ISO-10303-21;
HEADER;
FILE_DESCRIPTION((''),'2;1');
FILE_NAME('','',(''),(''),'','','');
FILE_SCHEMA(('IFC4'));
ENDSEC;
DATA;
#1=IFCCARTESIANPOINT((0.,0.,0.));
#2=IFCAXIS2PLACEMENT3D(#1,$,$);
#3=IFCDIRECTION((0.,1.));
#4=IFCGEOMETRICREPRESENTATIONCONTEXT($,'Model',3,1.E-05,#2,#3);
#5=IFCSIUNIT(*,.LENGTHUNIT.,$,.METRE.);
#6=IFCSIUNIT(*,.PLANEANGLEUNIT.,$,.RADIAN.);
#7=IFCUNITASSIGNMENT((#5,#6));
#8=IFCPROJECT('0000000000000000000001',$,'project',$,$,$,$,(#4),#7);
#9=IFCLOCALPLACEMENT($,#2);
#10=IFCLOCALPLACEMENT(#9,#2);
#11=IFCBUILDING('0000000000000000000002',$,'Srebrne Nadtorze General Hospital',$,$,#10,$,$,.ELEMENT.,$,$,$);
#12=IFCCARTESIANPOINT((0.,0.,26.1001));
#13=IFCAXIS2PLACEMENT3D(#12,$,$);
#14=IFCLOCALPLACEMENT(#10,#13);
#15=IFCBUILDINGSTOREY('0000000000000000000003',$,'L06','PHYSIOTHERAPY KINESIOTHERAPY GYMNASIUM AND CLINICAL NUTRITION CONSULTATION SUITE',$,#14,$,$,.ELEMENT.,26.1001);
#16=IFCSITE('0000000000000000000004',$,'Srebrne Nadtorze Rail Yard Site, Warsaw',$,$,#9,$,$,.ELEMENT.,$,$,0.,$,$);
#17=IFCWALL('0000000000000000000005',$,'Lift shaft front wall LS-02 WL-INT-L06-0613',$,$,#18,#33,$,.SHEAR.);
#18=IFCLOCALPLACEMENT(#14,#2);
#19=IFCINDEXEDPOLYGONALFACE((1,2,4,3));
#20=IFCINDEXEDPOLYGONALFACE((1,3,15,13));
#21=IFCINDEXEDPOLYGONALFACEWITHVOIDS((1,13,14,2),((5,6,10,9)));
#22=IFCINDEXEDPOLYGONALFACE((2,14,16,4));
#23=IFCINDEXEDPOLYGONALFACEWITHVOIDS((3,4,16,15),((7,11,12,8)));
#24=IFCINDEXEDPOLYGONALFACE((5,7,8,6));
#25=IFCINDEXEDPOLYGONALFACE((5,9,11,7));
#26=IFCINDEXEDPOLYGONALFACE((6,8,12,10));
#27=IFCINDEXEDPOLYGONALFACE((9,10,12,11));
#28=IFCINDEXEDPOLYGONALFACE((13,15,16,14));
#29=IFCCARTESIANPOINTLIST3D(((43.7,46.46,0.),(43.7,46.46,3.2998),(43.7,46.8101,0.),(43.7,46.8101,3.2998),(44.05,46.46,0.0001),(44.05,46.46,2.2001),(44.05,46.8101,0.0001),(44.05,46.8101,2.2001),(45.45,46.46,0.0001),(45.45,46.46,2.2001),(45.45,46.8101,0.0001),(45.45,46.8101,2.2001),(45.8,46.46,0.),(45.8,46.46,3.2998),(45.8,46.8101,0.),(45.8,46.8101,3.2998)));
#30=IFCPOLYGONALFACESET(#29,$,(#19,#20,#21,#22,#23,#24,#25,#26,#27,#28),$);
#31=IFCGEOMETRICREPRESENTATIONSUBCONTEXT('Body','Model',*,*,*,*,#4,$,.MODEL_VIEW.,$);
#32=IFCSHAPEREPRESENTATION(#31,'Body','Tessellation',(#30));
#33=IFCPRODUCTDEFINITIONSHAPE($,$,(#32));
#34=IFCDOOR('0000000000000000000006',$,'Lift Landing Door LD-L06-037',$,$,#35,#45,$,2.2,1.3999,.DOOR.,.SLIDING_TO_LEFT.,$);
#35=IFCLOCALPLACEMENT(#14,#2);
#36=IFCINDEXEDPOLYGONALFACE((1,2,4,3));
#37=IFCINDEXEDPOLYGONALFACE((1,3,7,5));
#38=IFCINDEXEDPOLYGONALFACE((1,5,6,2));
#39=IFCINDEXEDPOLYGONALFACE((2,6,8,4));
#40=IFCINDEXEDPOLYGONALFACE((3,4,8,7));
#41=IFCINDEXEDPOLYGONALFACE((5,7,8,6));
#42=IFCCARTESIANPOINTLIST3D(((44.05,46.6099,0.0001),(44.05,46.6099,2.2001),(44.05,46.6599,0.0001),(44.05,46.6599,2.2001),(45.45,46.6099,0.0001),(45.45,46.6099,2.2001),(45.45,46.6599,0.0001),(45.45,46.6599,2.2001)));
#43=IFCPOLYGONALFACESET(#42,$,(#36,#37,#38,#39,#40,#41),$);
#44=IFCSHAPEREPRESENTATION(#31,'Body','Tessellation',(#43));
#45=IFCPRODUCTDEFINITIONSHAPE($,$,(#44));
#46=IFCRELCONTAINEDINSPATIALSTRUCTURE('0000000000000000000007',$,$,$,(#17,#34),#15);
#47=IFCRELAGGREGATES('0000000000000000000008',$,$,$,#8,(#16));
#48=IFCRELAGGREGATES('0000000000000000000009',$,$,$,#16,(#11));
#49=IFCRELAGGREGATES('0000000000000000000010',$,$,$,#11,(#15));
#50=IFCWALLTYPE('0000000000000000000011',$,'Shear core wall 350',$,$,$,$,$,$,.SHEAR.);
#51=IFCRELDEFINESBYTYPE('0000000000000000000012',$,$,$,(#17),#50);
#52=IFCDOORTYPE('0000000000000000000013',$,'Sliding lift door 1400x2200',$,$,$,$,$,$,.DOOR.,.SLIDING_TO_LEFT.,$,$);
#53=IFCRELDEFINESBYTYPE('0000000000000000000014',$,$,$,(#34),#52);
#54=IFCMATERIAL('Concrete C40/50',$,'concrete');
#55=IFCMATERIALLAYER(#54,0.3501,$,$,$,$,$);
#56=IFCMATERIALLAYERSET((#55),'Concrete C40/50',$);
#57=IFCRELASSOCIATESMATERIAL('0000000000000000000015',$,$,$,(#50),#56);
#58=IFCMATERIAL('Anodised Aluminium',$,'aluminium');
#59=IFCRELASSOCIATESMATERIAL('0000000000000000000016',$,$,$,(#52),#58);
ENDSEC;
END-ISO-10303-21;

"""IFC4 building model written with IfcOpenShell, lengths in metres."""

from ifc_helpers import new_model, si_unit, direction, frame, frame_2d, origin, place, context, subcontext, project, spatial, rectangle, extrude, material, layer, layer_set, type_object, element, fill, save


model = new_model("IFC4")

# Units and contexts
model_context = context("Model", 3, precision=1e-05, world=origin(), true_north=direction((0.0, 1.0)))
body_context = subcontext(model_context, "Body", "Model", "MODEL_VIEW")
ifc_project = project(units=[si_unit("LENGTHUNIT", "METRE"), si_unit("PLANEANGLEUNIT", "RADIAN")], contexts=[model_context])

# Site, building, storey
site_placement = place(None, origin())
site = spatial("IfcSite", under=ifc_project, at=site_placement, Name="Srebrne Nadtorze Rail Yard Site, Warsaw", CompositionType="ELEMENT", RefElevation=0.0)
building_placement = place(site_placement, origin())
building = spatial("IfcBuilding", under=site, at=building_placement, Name="Srebrne Nadtorze General Hospital", CompositionType="ELEMENT")
storey_placement = place(building_placement, frame((0.0, 0.0, 26.1001)))
storey = spatial("IfcBuildingStorey", under=building, at=storey_placement, Name="L06", Description="PHYSIOTHERAPY KINESIOTHERAPY GYMNASIUM AND CLINICAL NUTRITION CONSULTATION SUITE", CompositionType="ELEMENT", Elevation=26.1001)

# Shared definitions
ifc_material_1 = material(Name="Concrete C40/50", Category="concrete")
ifc_layer_1 = layer(ifc_material_1, 0.3501)
ifc_layer_set_1 = layer_set([ifc_layer_1], Name="Concrete C40/50")
wall_type_1 = type_object("IfcWallType", Name="Shear core wall 350", PredefinedType="SHEAR", material=ifc_layer_set_1)

# Shared definitions
ifc_material_2 = material(Name="Anodised Aluminium", Category="aluminium")
door_type_1 = type_object("IfcDoorType", Name="Sliding lift door 1400x2200", OperationType="SLIDING_TO_LEFT", PredefinedType="DOOR", material=ifc_material_2)

# Wall, opening, door
wall_1_placement = place(storey_placement, frame((43.7, 46.635, 0.0), z_axis=(0.0, 0.0, 1.0), x_axis=(1.0, 0.0, 0.0)))
wall_1 = element("IfcWall", 1, at=wall_1_placement, inside=storey, type_object=wall_type_1, Name="Lift shaft front wall LS-02 WL-INT-L06-0613", PredefinedType="SHEAR", context=body_context, shape_type="SweptSolid", body=[
    extrude(rectangle(XDim=2.1001, YDim=0.3501, at=frame_2d((1.05, 0.0))), origin(), (0.0, 0.0, 1.0), 3.2998),
])
opening_1_placement = place(wall_1_placement, frame((0.3501, 0.0, 0.0)))
opening_1 = element("IfcOpeningElement", 2, at=opening_1_placement, cuts=wall_1, PredefinedType="OPENING", context=body_context, shape_type="SweptSolid", body=[
    extrude(rectangle(XDim=1.3999, YDim=2.2, at=frame_2d((0.7, 1.1001))), frame((0.0, 0.187, 0.0), z_axis=(0.0, -1.0, 0.0), x_axis=(1.0, 0.0, 0.0)), (0.0, 0.0, 1.0), 0.374),
])
door_1_placement = place(opening_1_placement, origin())
door_1 = element("IfcDoor", 3, at=door_1_placement, inside=storey, type_object=door_type_1, Name="Lift Landing Door LD-L06-037", OperationType="SLIDING_TO_LEFT", OverallHeight=2.2, OverallWidth=1.3999, PredefinedType="DOOR", context=body_context, shape_type="SweptSolid", body=[
    extrude(rectangle(XDim=1.3999, YDim=2.2, at=frame_2d((0.7, 1.1001))), frame((0.0, 0.0249, 0.0), z_axis=(0.0, -1.0, 0.0), x_axis=(1.0, 0.0, 0.0)), (0.0, 0.0, 1.0), 0.05),
])
fill(opening_1, door_1)

save(model, "model.ifc")
